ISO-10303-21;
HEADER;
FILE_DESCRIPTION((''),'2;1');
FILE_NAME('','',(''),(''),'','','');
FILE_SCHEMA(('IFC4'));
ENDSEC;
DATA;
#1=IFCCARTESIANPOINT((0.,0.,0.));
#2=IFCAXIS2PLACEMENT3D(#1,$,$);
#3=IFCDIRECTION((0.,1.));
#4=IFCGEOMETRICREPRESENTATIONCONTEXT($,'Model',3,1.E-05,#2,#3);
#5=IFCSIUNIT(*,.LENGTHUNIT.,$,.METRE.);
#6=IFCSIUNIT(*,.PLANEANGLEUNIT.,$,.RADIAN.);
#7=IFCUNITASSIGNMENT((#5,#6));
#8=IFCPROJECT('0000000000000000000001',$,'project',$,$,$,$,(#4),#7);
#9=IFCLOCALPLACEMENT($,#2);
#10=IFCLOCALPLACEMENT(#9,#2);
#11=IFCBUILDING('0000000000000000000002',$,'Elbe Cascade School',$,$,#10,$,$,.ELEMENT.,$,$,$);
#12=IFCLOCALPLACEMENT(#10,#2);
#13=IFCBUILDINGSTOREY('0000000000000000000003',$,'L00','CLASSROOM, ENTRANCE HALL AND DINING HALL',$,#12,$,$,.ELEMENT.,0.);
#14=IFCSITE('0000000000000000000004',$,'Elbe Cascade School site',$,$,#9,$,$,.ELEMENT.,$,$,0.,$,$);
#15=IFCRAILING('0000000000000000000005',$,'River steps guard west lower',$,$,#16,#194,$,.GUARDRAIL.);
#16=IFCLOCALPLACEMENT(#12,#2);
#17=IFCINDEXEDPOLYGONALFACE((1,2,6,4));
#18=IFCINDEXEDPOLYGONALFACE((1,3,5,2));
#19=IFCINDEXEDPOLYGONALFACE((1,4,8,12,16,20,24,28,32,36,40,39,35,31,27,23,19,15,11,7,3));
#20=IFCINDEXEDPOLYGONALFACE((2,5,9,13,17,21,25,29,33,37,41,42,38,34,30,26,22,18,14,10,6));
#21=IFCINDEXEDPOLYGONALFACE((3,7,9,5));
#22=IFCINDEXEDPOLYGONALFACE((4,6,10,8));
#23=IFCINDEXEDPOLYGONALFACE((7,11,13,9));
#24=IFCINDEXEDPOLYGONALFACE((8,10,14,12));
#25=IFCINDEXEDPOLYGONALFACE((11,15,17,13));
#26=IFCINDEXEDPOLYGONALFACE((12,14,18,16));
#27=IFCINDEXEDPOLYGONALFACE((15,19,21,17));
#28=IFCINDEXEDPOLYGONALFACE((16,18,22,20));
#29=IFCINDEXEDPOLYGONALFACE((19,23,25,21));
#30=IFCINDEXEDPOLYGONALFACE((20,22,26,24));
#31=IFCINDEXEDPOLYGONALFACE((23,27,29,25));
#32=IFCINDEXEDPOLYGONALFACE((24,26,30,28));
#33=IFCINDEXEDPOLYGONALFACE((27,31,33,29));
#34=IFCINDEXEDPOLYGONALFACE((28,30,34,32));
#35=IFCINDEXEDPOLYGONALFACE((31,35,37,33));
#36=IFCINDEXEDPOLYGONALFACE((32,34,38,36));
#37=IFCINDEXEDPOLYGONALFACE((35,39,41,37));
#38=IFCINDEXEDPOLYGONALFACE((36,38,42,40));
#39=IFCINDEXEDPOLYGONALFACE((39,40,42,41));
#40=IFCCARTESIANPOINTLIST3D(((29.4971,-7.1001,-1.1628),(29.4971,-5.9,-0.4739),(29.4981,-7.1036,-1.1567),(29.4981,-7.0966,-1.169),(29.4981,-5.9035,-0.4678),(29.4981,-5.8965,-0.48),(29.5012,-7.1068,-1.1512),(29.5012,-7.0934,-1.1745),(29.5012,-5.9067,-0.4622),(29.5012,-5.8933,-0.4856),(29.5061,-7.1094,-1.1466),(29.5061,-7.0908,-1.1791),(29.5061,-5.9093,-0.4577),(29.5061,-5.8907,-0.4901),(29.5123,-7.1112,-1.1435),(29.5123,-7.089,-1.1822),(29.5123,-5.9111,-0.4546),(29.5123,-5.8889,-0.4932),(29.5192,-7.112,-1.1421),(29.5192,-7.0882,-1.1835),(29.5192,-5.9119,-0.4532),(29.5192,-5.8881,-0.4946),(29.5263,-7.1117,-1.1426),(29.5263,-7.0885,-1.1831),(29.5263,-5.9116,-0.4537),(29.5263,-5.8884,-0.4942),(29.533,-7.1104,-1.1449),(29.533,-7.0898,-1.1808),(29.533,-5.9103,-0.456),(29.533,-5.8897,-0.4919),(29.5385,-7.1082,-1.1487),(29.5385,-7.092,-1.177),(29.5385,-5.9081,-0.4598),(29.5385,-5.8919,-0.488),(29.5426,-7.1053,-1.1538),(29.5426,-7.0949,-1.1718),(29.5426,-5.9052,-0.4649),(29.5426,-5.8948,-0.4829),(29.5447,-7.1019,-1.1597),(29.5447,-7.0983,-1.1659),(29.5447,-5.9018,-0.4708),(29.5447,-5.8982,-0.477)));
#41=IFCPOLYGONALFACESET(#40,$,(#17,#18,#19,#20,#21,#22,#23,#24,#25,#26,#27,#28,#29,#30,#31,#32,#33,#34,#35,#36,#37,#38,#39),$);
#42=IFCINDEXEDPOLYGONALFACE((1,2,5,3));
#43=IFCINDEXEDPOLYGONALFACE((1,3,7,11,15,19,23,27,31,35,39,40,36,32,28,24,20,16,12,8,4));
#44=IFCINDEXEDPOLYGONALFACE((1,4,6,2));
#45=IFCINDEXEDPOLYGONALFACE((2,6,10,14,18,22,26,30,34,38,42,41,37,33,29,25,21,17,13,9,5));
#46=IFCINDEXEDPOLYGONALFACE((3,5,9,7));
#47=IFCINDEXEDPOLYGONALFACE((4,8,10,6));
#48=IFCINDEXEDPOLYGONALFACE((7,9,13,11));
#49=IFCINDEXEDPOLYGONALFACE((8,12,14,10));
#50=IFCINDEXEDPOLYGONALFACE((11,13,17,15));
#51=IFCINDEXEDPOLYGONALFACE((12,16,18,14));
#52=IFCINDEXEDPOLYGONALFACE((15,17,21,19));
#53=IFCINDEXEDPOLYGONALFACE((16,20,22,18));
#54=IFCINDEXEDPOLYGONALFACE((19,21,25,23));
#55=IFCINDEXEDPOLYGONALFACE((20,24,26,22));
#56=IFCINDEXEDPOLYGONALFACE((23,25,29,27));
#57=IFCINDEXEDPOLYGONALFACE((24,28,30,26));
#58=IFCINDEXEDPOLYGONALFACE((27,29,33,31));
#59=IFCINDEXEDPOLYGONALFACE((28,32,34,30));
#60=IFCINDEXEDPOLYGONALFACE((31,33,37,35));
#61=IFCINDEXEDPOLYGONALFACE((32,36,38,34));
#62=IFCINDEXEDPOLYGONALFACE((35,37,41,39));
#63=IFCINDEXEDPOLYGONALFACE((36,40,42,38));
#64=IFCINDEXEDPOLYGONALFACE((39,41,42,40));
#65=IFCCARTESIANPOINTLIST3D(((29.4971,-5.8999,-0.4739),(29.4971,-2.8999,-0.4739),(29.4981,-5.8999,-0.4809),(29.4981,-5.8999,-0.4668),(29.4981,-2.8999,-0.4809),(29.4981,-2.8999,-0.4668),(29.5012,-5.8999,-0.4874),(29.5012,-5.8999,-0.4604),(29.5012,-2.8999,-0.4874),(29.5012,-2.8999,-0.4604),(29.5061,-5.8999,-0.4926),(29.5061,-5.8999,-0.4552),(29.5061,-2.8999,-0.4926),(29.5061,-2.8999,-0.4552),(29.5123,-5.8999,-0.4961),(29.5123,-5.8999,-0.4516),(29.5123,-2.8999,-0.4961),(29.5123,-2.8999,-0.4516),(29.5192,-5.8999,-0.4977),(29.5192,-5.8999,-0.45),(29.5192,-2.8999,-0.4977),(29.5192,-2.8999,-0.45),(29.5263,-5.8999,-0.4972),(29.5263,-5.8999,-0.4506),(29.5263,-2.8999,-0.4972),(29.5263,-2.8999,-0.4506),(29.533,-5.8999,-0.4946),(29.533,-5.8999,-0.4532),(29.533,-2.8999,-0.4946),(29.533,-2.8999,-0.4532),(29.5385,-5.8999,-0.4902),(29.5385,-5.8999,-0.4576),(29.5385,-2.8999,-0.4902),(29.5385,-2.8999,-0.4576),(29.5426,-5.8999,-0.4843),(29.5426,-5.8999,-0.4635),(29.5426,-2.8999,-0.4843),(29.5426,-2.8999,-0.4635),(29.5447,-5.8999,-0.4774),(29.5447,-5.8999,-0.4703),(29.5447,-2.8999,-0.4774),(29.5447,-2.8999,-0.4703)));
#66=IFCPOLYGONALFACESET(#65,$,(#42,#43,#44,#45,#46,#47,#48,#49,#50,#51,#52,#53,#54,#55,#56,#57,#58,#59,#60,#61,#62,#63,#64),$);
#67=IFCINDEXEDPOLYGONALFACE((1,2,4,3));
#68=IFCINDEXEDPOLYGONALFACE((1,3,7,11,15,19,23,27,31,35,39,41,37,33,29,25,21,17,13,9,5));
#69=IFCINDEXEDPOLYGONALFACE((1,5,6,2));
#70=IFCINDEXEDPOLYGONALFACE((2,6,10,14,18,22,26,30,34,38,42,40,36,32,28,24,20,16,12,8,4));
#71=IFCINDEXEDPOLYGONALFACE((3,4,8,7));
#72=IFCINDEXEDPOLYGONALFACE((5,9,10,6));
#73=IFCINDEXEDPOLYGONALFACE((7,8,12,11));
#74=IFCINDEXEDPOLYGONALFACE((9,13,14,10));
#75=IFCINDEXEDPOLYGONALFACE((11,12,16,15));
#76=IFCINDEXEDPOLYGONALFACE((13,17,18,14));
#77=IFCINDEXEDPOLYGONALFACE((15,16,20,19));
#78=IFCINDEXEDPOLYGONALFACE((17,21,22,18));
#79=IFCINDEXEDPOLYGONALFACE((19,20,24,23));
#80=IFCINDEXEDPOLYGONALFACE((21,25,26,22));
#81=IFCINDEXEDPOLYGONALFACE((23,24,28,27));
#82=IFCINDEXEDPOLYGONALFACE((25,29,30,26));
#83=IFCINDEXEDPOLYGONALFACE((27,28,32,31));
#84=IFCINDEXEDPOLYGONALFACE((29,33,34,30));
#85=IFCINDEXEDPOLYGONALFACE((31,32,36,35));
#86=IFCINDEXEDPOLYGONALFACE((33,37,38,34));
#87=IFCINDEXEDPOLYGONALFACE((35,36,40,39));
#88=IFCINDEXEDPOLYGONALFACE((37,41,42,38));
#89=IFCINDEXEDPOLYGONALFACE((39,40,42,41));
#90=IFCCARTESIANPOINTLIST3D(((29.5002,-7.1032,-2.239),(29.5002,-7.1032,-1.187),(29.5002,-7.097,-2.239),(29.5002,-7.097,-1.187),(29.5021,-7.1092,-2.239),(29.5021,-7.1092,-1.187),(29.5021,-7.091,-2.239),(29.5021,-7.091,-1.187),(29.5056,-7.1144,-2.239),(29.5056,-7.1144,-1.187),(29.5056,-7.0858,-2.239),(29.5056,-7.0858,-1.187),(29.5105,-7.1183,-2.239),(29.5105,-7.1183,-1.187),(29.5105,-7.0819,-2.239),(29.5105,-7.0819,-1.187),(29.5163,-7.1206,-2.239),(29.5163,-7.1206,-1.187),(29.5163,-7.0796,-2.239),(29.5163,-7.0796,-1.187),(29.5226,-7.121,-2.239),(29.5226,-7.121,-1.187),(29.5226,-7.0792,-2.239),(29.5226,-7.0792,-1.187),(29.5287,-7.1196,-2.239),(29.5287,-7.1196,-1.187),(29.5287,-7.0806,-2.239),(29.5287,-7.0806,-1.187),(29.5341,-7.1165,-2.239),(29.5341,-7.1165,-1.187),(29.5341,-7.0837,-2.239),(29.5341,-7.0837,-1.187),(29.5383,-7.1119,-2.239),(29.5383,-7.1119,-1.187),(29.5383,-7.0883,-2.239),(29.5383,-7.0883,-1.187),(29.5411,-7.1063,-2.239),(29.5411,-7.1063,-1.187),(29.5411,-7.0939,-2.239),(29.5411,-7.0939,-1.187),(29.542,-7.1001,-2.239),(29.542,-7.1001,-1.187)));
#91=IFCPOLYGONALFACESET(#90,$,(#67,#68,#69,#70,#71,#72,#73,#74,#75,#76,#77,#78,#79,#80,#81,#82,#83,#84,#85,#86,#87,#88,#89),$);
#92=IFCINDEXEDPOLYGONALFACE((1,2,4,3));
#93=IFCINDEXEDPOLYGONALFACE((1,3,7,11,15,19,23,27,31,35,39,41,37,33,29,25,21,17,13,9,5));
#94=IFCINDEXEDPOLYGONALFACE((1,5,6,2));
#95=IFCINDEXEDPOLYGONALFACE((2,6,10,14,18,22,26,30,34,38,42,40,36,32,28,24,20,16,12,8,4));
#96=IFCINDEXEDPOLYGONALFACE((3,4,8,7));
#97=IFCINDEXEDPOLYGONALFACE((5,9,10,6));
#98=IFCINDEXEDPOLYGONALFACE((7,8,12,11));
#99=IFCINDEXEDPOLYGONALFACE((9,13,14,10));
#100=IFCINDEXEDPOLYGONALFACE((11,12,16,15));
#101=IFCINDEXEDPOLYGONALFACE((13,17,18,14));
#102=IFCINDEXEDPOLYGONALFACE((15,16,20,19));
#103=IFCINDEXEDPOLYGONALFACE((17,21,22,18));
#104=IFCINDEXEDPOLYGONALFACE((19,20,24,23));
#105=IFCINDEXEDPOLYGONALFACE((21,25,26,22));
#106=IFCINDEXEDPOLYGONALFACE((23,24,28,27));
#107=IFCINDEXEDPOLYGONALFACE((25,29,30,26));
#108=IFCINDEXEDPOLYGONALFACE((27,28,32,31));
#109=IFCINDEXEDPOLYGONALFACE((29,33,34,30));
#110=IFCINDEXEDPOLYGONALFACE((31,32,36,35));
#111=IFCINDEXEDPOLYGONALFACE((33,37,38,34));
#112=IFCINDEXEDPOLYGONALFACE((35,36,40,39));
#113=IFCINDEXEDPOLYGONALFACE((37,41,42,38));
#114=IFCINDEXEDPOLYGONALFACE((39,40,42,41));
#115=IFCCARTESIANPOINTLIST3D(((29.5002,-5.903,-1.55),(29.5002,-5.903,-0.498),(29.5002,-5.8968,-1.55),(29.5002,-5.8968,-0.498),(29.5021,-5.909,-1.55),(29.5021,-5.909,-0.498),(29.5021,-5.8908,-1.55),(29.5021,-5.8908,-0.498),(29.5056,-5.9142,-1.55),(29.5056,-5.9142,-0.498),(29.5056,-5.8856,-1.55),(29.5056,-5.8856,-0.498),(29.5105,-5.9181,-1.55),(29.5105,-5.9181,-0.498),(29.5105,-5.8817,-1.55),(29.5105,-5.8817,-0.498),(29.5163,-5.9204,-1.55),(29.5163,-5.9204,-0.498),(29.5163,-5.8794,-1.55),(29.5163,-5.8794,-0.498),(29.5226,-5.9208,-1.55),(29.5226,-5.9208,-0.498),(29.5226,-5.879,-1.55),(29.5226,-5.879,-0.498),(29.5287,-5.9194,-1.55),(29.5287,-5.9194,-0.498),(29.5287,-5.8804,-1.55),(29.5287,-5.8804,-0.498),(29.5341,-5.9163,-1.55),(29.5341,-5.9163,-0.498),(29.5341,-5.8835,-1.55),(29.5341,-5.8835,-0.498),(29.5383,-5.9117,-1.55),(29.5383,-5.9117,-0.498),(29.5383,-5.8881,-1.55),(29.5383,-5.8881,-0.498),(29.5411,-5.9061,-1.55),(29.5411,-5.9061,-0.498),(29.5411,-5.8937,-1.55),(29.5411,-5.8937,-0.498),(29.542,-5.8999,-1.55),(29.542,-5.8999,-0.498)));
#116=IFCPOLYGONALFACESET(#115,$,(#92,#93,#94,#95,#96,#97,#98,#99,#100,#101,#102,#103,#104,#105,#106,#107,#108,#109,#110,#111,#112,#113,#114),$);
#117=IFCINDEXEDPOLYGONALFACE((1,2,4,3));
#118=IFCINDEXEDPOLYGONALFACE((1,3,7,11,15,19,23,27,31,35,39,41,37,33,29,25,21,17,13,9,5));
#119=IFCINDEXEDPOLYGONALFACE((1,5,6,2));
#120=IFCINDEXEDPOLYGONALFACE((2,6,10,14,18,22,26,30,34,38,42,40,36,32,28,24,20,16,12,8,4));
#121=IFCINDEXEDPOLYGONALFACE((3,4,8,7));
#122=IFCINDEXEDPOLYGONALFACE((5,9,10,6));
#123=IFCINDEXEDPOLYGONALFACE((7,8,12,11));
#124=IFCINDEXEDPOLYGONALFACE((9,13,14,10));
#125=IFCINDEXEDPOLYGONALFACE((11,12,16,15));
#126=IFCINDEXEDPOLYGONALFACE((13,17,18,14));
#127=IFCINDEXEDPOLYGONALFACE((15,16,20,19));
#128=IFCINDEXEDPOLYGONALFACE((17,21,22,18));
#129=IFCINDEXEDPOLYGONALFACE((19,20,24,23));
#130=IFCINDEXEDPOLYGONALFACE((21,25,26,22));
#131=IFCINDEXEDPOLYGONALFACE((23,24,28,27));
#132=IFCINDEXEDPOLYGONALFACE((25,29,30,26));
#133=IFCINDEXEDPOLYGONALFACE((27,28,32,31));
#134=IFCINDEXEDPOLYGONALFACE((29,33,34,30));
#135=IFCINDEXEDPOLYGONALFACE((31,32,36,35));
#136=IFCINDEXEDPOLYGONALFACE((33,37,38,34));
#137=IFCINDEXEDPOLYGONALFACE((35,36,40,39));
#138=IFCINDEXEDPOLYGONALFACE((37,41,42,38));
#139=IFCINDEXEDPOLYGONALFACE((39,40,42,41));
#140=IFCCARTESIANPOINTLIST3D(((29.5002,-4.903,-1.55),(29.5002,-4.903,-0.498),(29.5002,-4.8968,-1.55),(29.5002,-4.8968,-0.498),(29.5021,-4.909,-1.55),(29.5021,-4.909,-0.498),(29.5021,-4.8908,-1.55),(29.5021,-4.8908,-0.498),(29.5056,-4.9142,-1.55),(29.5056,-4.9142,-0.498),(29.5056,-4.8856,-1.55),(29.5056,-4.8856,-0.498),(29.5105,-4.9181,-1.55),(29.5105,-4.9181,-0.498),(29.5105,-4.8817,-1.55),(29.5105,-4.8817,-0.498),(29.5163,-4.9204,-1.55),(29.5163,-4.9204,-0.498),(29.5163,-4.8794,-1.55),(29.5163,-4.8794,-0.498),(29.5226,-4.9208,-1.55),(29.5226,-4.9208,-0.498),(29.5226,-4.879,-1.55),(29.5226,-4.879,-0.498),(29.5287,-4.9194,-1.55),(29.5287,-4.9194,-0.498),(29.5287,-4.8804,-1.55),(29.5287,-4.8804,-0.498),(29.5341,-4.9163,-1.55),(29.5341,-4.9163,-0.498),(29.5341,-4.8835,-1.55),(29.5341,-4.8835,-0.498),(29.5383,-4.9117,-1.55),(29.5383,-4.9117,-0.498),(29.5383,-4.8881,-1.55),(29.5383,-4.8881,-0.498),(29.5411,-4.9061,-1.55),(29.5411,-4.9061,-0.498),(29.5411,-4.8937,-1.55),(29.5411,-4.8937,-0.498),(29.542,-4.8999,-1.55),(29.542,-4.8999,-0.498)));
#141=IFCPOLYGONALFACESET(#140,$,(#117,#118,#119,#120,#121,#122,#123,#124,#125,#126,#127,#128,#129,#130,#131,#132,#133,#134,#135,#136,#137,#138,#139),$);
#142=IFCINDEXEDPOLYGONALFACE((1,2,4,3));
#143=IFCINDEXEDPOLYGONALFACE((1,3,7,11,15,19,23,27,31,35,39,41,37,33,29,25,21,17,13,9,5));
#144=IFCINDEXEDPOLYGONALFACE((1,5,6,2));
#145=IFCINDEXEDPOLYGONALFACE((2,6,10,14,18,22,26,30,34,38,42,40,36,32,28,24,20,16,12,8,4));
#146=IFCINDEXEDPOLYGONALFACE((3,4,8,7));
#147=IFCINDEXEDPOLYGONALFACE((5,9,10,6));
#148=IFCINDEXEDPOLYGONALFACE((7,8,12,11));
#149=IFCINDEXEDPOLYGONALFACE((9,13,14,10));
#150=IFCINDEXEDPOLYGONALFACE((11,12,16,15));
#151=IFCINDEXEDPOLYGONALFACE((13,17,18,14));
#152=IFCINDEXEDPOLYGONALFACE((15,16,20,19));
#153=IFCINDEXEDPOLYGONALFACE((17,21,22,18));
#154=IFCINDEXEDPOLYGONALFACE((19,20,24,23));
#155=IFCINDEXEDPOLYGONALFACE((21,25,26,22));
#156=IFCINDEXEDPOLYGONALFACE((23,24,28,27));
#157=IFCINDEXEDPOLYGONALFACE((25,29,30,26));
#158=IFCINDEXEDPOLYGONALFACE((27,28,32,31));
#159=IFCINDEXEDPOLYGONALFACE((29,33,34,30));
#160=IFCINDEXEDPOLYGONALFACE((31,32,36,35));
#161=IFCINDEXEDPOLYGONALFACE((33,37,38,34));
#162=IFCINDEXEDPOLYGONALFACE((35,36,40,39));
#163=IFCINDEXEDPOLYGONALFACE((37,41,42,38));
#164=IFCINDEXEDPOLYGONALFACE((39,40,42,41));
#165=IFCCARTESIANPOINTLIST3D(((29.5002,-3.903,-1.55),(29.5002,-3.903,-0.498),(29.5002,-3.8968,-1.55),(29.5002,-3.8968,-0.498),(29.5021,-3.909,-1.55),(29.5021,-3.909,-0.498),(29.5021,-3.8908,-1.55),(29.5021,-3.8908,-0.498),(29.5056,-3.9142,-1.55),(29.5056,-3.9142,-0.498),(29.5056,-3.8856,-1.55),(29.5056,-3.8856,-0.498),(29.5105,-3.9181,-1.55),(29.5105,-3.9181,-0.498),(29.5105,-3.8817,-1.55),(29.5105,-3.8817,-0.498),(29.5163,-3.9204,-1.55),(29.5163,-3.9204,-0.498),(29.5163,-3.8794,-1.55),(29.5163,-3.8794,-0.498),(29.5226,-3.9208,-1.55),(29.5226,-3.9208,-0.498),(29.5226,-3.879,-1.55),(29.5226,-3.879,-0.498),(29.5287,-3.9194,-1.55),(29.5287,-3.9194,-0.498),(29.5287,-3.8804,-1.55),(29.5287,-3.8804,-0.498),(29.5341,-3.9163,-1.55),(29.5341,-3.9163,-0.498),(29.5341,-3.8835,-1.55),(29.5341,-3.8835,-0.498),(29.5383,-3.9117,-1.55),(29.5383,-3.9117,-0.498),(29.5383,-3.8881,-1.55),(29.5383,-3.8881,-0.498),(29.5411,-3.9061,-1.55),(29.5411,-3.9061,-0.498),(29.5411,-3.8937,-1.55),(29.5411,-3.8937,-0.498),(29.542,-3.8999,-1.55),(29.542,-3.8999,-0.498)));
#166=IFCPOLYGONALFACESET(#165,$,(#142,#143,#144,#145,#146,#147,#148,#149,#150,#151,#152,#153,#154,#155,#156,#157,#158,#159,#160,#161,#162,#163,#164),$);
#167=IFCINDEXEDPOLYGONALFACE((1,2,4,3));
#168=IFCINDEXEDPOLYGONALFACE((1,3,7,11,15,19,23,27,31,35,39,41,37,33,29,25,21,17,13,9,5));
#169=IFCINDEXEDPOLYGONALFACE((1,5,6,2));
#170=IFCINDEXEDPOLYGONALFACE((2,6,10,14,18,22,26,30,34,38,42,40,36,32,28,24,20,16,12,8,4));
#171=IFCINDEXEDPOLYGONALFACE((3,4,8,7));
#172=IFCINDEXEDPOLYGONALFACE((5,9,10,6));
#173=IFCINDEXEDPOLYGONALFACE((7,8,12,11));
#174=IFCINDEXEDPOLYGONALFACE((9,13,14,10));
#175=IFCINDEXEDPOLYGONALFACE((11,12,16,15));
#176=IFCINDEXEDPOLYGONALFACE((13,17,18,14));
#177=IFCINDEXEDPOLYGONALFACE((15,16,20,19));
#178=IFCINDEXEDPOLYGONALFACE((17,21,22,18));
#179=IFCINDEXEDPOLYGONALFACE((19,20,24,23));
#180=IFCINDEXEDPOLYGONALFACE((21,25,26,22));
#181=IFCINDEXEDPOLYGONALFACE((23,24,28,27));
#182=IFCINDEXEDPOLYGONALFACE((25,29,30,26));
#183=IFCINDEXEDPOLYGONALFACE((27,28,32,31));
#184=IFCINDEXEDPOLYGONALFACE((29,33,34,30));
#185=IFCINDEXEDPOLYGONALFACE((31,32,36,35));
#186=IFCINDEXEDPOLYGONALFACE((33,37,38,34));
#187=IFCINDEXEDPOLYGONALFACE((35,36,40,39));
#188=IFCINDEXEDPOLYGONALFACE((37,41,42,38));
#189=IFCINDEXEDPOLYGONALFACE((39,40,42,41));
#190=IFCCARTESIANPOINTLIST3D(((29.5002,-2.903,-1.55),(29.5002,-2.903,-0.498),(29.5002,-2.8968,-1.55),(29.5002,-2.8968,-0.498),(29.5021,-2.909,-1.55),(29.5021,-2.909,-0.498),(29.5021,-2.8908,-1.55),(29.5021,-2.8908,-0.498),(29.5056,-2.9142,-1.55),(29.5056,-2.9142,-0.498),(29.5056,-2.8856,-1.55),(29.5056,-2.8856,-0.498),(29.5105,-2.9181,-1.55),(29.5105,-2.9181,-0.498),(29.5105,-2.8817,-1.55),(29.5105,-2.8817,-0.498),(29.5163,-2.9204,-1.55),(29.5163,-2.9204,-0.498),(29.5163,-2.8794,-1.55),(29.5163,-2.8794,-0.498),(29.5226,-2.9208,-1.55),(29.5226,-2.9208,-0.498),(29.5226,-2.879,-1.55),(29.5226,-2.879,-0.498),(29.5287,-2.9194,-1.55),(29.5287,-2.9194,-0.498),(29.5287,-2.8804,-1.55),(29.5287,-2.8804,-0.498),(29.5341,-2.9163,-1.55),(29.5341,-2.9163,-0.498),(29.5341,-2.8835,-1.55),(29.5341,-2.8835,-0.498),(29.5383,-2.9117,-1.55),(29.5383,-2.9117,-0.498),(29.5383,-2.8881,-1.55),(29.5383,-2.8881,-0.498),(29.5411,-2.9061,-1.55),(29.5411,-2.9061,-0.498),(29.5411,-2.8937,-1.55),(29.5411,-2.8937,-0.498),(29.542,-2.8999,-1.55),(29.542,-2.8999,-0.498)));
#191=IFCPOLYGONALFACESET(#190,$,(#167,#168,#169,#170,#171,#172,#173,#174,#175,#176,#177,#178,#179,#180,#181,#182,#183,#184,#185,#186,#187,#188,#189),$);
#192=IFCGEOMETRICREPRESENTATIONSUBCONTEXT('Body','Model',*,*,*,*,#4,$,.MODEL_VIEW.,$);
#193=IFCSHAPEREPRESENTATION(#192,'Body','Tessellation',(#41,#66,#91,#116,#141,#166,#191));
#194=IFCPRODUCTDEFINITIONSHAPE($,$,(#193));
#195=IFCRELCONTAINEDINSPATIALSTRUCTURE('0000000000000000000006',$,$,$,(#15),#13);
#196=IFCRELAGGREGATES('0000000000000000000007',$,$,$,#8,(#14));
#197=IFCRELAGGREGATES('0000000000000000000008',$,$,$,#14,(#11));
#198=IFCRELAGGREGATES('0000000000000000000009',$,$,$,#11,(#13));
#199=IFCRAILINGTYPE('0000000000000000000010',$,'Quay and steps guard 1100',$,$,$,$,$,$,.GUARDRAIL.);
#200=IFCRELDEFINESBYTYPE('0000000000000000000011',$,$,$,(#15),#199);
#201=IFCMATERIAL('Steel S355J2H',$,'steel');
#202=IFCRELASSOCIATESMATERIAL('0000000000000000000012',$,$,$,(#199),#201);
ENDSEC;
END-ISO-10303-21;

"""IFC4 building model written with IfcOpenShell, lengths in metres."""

from ifc_helpers import new_model, si_unit, direction, frame, origin, origin_2d, place, context, subcontext, project, spatial, circle, extrude, material, type_object, element, save


model = new_model("IFC4")

# Units and contexts
model_context = context("Model", 3, precision=1e-05, world=origin(), true_north=direction((0.0, 1.0)))
body_context = subcontext(model_context, "Body", "Model", "MODEL_VIEW")
ifc_project = project(units=[si_unit("LENGTHUNIT", "METRE"), si_unit("PLANEANGLEUNIT", "RADIAN")], contexts=[model_context])

# Site, building, storey
site_placement = place(None, origin())
site = spatial("IfcSite", under=ifc_project, at=site_placement, Name="Elbe Cascade School site", CompositionType="ELEMENT", RefElevation=0.0)
building_placement = place(site_placement, origin())
building = spatial("IfcBuilding", under=site, at=building_placement, Name="Elbe Cascade School", CompositionType="ELEMENT")
storey_placement = place(building_placement, origin())
storey = spatial("IfcBuildingStorey", under=building, at=storey_placement, Name="L00", Description="CLASSROOM, ENTRANCE HALL AND DINING HALL", CompositionType="ELEMENT", Elevation=0.0)

# Railing
ifc_material_1 = material(Name="Steel S355J2H", Category="steel")
railing_type_1 = type_object("IfcRailingType", Name="Quay and steps guard 1100", PredefinedType="GUARDRAIL", material=ifc_material_1)
railing_1_placement = place(storey_placement, frame((29.521, -7.1001, -2.239)))
element("IfcRailing", 1, at=railing_1_placement, inside=storey, type_object=railing_type_1, Name="River steps guard west lower", PredefinedType="GUARDRAIL", context=body_context, shape_type="SweptSolid", body=[
    extrude(circle(Radius=0.0239, at=origin_2d()), frame((0.0, 0.0, 1.0762), z_axis=(0.0, 0.867264, 0.497848), x_axis=(-1.0, 0.0, 0.0)), (0.0, 0.0, 1.0), 1.3838),
    extrude(circle(Radius=0.0239, at=origin_2d()), frame((0.0, 1.2002, 1.7651), z_axis=(0.0, 1.0, 0.0), x_axis=(-1.0, 0.0, 0.0)), (0.0, 0.0, 1.0), 3.0),
    extrude(circle(Radius=0.021, at=origin_2d()), origin(), (0.0, 0.0, 1.0), 1.052),
    extrude(circle(Radius=0.021, at=origin_2d()), frame((0.0, 1.2002, 0.689)), (0.0, 0.0, 1.0), 1.052),
    extrude(circle(Radius=0.021, at=origin_2d()), frame((0.0, 2.2002, 0.689)), (0.0, 0.0, 1.0), 1.052),
    extrude(circle(Radius=0.021, at=origin_2d()), frame((0.0, 3.2002, 0.689)), (0.0, 0.0, 1.0), 1.052),
    extrude(circle(Radius=0.021, at=origin_2d()), frame((0.0, 4.2002, 0.689)), (0.0, 0.0, 1.0), 1.052),
])

save(model, "model.ifc")
